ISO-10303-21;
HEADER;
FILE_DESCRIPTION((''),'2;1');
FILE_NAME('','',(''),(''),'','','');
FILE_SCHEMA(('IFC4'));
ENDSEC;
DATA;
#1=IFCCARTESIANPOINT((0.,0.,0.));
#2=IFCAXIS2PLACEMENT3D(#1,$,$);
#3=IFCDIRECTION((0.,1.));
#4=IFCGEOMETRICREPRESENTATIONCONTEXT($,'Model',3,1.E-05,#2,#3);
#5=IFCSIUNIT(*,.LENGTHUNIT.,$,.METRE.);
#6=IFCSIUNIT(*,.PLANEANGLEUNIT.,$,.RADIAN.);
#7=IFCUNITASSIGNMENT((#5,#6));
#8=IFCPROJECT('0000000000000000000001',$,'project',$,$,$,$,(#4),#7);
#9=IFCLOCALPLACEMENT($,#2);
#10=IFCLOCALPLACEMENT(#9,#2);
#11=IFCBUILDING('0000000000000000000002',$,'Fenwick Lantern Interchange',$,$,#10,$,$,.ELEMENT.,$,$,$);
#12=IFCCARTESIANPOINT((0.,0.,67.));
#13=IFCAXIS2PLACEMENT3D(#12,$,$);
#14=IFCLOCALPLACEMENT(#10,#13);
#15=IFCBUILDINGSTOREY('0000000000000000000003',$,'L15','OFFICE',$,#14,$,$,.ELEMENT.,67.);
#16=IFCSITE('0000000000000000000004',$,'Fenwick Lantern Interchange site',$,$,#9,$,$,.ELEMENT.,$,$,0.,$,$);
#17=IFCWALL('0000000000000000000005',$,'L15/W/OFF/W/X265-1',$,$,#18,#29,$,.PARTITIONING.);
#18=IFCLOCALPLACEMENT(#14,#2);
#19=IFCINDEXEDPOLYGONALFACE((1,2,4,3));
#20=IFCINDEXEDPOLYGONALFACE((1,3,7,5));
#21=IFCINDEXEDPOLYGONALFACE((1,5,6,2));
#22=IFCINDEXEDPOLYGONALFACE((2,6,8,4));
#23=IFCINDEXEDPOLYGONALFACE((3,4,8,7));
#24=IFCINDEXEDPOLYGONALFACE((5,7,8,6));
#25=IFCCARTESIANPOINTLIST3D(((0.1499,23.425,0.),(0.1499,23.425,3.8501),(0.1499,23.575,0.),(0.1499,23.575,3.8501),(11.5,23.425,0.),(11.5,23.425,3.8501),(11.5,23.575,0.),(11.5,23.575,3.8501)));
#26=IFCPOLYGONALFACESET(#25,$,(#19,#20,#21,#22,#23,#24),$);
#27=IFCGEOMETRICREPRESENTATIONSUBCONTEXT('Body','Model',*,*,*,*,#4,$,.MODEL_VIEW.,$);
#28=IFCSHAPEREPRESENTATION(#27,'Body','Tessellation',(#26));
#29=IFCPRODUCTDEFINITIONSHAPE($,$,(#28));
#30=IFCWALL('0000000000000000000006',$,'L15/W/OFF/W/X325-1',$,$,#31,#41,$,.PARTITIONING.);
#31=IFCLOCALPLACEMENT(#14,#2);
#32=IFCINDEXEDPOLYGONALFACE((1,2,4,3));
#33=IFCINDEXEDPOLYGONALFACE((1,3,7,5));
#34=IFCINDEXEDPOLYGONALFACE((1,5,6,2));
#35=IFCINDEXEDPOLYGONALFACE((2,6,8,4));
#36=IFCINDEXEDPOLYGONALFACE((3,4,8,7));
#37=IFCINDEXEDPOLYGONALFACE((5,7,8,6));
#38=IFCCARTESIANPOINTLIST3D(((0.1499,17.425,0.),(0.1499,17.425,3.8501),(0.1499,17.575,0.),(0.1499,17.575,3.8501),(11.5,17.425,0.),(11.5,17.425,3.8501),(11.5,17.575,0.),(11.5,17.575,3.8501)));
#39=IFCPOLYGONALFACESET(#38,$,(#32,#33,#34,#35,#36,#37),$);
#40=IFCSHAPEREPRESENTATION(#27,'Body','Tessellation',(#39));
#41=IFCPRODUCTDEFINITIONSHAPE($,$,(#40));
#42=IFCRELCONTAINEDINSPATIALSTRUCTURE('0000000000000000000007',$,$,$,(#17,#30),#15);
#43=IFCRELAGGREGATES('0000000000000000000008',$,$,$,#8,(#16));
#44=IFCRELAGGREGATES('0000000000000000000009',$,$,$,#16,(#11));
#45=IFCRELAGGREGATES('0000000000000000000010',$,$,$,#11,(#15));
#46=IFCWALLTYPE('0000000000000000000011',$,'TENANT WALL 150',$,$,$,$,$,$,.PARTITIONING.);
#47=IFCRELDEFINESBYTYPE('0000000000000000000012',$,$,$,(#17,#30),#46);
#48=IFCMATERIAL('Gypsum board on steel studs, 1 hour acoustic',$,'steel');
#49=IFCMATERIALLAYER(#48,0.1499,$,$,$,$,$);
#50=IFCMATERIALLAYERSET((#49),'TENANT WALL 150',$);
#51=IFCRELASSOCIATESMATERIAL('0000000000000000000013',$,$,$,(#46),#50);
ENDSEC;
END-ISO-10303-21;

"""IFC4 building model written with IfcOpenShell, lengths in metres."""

from ifc_helpers import new_model, si_unit, direction, frame, frame_2d, origin, place, context, subcontext, project, spatial, rectangle, extrude, material, layer, layer_set, type_object, element, save


model = new_model("IFC4")

# Units and contexts
model_context = context("Model", 3, precision=1e-05, world=origin(), true_north=direction((0.0, 1.0)))
body_context = subcontext(model_context, "Body", "Model", "MODEL_VIEW")
ifc_project = project(units=[si_unit("LENGTHUNIT", "METRE"), si_unit("PLANEANGLEUNIT", "RADIAN")], contexts=[model_context])

# Site, building, storey
site_placement = place(None, origin())
site = spatial("IfcSite", under=ifc_project, at=site_placement, Name="Fenwick Lantern Interchange site", CompositionType="ELEMENT", RefElevation=0.0)
building_placement = place(site_placement, origin())
building = spatial("IfcBuilding", under=site, at=building_placement, Name="Fenwick Lantern Interchange", CompositionType="ELEMENT")
storey_placement = place(building_placement, frame((0.0, 0.0, 67.0)))
storey = spatial("IfcBuildingStorey", under=building, at=storey_placement, Name="L15", Description="OFFICE", CompositionType="ELEMENT", Elevation=67.0)

# Walls
ifc_material_1 = material(Name="Gypsum board on steel studs, 1 hour acoustic", Category="steel")
ifc_layer_1 = layer(ifc_material_1, 0.1499)
ifc_layer_set_1 = layer_set([ifc_layer_1], Name="TENANT WALL 150")
wall_type_1 = type_object("IfcWallType", Name="TENANT WALL 150", PredefinedType="PARTITIONING", material=ifc_layer_set_1)
for number, where, z_axis, x_axis, name in (
    (1, (0.1499, 23.5, 0.0), (0.0, 0.0, 1.0), (1.0, 0.0, 0.0), "L15/W/OFF/W/X265-1"),
    (2, (0.1499, 17.5, 0.0), (0.0, 0.0, 1.0), (1.0, 0.0, 0.0), "L15/W/OFF/W/X325-1"),
):
    element("IfcWall", number, at=place(storey_placement, frame(where, z_axis=z_axis, x_axis=x_axis)), inside=storey, type_object=wall_type_1, Name=name, PredefinedType="PARTITIONING", context=body_context, shape_type="SweptSolid", body=[
        extrude(rectangle(XDim=11.3501, YDim=0.1499, at=frame_2d((5.675, 0.0))), origin(), (0.0, 0.0, 1.0), 3.8501),
    ])

save(model, "model.ifc")
